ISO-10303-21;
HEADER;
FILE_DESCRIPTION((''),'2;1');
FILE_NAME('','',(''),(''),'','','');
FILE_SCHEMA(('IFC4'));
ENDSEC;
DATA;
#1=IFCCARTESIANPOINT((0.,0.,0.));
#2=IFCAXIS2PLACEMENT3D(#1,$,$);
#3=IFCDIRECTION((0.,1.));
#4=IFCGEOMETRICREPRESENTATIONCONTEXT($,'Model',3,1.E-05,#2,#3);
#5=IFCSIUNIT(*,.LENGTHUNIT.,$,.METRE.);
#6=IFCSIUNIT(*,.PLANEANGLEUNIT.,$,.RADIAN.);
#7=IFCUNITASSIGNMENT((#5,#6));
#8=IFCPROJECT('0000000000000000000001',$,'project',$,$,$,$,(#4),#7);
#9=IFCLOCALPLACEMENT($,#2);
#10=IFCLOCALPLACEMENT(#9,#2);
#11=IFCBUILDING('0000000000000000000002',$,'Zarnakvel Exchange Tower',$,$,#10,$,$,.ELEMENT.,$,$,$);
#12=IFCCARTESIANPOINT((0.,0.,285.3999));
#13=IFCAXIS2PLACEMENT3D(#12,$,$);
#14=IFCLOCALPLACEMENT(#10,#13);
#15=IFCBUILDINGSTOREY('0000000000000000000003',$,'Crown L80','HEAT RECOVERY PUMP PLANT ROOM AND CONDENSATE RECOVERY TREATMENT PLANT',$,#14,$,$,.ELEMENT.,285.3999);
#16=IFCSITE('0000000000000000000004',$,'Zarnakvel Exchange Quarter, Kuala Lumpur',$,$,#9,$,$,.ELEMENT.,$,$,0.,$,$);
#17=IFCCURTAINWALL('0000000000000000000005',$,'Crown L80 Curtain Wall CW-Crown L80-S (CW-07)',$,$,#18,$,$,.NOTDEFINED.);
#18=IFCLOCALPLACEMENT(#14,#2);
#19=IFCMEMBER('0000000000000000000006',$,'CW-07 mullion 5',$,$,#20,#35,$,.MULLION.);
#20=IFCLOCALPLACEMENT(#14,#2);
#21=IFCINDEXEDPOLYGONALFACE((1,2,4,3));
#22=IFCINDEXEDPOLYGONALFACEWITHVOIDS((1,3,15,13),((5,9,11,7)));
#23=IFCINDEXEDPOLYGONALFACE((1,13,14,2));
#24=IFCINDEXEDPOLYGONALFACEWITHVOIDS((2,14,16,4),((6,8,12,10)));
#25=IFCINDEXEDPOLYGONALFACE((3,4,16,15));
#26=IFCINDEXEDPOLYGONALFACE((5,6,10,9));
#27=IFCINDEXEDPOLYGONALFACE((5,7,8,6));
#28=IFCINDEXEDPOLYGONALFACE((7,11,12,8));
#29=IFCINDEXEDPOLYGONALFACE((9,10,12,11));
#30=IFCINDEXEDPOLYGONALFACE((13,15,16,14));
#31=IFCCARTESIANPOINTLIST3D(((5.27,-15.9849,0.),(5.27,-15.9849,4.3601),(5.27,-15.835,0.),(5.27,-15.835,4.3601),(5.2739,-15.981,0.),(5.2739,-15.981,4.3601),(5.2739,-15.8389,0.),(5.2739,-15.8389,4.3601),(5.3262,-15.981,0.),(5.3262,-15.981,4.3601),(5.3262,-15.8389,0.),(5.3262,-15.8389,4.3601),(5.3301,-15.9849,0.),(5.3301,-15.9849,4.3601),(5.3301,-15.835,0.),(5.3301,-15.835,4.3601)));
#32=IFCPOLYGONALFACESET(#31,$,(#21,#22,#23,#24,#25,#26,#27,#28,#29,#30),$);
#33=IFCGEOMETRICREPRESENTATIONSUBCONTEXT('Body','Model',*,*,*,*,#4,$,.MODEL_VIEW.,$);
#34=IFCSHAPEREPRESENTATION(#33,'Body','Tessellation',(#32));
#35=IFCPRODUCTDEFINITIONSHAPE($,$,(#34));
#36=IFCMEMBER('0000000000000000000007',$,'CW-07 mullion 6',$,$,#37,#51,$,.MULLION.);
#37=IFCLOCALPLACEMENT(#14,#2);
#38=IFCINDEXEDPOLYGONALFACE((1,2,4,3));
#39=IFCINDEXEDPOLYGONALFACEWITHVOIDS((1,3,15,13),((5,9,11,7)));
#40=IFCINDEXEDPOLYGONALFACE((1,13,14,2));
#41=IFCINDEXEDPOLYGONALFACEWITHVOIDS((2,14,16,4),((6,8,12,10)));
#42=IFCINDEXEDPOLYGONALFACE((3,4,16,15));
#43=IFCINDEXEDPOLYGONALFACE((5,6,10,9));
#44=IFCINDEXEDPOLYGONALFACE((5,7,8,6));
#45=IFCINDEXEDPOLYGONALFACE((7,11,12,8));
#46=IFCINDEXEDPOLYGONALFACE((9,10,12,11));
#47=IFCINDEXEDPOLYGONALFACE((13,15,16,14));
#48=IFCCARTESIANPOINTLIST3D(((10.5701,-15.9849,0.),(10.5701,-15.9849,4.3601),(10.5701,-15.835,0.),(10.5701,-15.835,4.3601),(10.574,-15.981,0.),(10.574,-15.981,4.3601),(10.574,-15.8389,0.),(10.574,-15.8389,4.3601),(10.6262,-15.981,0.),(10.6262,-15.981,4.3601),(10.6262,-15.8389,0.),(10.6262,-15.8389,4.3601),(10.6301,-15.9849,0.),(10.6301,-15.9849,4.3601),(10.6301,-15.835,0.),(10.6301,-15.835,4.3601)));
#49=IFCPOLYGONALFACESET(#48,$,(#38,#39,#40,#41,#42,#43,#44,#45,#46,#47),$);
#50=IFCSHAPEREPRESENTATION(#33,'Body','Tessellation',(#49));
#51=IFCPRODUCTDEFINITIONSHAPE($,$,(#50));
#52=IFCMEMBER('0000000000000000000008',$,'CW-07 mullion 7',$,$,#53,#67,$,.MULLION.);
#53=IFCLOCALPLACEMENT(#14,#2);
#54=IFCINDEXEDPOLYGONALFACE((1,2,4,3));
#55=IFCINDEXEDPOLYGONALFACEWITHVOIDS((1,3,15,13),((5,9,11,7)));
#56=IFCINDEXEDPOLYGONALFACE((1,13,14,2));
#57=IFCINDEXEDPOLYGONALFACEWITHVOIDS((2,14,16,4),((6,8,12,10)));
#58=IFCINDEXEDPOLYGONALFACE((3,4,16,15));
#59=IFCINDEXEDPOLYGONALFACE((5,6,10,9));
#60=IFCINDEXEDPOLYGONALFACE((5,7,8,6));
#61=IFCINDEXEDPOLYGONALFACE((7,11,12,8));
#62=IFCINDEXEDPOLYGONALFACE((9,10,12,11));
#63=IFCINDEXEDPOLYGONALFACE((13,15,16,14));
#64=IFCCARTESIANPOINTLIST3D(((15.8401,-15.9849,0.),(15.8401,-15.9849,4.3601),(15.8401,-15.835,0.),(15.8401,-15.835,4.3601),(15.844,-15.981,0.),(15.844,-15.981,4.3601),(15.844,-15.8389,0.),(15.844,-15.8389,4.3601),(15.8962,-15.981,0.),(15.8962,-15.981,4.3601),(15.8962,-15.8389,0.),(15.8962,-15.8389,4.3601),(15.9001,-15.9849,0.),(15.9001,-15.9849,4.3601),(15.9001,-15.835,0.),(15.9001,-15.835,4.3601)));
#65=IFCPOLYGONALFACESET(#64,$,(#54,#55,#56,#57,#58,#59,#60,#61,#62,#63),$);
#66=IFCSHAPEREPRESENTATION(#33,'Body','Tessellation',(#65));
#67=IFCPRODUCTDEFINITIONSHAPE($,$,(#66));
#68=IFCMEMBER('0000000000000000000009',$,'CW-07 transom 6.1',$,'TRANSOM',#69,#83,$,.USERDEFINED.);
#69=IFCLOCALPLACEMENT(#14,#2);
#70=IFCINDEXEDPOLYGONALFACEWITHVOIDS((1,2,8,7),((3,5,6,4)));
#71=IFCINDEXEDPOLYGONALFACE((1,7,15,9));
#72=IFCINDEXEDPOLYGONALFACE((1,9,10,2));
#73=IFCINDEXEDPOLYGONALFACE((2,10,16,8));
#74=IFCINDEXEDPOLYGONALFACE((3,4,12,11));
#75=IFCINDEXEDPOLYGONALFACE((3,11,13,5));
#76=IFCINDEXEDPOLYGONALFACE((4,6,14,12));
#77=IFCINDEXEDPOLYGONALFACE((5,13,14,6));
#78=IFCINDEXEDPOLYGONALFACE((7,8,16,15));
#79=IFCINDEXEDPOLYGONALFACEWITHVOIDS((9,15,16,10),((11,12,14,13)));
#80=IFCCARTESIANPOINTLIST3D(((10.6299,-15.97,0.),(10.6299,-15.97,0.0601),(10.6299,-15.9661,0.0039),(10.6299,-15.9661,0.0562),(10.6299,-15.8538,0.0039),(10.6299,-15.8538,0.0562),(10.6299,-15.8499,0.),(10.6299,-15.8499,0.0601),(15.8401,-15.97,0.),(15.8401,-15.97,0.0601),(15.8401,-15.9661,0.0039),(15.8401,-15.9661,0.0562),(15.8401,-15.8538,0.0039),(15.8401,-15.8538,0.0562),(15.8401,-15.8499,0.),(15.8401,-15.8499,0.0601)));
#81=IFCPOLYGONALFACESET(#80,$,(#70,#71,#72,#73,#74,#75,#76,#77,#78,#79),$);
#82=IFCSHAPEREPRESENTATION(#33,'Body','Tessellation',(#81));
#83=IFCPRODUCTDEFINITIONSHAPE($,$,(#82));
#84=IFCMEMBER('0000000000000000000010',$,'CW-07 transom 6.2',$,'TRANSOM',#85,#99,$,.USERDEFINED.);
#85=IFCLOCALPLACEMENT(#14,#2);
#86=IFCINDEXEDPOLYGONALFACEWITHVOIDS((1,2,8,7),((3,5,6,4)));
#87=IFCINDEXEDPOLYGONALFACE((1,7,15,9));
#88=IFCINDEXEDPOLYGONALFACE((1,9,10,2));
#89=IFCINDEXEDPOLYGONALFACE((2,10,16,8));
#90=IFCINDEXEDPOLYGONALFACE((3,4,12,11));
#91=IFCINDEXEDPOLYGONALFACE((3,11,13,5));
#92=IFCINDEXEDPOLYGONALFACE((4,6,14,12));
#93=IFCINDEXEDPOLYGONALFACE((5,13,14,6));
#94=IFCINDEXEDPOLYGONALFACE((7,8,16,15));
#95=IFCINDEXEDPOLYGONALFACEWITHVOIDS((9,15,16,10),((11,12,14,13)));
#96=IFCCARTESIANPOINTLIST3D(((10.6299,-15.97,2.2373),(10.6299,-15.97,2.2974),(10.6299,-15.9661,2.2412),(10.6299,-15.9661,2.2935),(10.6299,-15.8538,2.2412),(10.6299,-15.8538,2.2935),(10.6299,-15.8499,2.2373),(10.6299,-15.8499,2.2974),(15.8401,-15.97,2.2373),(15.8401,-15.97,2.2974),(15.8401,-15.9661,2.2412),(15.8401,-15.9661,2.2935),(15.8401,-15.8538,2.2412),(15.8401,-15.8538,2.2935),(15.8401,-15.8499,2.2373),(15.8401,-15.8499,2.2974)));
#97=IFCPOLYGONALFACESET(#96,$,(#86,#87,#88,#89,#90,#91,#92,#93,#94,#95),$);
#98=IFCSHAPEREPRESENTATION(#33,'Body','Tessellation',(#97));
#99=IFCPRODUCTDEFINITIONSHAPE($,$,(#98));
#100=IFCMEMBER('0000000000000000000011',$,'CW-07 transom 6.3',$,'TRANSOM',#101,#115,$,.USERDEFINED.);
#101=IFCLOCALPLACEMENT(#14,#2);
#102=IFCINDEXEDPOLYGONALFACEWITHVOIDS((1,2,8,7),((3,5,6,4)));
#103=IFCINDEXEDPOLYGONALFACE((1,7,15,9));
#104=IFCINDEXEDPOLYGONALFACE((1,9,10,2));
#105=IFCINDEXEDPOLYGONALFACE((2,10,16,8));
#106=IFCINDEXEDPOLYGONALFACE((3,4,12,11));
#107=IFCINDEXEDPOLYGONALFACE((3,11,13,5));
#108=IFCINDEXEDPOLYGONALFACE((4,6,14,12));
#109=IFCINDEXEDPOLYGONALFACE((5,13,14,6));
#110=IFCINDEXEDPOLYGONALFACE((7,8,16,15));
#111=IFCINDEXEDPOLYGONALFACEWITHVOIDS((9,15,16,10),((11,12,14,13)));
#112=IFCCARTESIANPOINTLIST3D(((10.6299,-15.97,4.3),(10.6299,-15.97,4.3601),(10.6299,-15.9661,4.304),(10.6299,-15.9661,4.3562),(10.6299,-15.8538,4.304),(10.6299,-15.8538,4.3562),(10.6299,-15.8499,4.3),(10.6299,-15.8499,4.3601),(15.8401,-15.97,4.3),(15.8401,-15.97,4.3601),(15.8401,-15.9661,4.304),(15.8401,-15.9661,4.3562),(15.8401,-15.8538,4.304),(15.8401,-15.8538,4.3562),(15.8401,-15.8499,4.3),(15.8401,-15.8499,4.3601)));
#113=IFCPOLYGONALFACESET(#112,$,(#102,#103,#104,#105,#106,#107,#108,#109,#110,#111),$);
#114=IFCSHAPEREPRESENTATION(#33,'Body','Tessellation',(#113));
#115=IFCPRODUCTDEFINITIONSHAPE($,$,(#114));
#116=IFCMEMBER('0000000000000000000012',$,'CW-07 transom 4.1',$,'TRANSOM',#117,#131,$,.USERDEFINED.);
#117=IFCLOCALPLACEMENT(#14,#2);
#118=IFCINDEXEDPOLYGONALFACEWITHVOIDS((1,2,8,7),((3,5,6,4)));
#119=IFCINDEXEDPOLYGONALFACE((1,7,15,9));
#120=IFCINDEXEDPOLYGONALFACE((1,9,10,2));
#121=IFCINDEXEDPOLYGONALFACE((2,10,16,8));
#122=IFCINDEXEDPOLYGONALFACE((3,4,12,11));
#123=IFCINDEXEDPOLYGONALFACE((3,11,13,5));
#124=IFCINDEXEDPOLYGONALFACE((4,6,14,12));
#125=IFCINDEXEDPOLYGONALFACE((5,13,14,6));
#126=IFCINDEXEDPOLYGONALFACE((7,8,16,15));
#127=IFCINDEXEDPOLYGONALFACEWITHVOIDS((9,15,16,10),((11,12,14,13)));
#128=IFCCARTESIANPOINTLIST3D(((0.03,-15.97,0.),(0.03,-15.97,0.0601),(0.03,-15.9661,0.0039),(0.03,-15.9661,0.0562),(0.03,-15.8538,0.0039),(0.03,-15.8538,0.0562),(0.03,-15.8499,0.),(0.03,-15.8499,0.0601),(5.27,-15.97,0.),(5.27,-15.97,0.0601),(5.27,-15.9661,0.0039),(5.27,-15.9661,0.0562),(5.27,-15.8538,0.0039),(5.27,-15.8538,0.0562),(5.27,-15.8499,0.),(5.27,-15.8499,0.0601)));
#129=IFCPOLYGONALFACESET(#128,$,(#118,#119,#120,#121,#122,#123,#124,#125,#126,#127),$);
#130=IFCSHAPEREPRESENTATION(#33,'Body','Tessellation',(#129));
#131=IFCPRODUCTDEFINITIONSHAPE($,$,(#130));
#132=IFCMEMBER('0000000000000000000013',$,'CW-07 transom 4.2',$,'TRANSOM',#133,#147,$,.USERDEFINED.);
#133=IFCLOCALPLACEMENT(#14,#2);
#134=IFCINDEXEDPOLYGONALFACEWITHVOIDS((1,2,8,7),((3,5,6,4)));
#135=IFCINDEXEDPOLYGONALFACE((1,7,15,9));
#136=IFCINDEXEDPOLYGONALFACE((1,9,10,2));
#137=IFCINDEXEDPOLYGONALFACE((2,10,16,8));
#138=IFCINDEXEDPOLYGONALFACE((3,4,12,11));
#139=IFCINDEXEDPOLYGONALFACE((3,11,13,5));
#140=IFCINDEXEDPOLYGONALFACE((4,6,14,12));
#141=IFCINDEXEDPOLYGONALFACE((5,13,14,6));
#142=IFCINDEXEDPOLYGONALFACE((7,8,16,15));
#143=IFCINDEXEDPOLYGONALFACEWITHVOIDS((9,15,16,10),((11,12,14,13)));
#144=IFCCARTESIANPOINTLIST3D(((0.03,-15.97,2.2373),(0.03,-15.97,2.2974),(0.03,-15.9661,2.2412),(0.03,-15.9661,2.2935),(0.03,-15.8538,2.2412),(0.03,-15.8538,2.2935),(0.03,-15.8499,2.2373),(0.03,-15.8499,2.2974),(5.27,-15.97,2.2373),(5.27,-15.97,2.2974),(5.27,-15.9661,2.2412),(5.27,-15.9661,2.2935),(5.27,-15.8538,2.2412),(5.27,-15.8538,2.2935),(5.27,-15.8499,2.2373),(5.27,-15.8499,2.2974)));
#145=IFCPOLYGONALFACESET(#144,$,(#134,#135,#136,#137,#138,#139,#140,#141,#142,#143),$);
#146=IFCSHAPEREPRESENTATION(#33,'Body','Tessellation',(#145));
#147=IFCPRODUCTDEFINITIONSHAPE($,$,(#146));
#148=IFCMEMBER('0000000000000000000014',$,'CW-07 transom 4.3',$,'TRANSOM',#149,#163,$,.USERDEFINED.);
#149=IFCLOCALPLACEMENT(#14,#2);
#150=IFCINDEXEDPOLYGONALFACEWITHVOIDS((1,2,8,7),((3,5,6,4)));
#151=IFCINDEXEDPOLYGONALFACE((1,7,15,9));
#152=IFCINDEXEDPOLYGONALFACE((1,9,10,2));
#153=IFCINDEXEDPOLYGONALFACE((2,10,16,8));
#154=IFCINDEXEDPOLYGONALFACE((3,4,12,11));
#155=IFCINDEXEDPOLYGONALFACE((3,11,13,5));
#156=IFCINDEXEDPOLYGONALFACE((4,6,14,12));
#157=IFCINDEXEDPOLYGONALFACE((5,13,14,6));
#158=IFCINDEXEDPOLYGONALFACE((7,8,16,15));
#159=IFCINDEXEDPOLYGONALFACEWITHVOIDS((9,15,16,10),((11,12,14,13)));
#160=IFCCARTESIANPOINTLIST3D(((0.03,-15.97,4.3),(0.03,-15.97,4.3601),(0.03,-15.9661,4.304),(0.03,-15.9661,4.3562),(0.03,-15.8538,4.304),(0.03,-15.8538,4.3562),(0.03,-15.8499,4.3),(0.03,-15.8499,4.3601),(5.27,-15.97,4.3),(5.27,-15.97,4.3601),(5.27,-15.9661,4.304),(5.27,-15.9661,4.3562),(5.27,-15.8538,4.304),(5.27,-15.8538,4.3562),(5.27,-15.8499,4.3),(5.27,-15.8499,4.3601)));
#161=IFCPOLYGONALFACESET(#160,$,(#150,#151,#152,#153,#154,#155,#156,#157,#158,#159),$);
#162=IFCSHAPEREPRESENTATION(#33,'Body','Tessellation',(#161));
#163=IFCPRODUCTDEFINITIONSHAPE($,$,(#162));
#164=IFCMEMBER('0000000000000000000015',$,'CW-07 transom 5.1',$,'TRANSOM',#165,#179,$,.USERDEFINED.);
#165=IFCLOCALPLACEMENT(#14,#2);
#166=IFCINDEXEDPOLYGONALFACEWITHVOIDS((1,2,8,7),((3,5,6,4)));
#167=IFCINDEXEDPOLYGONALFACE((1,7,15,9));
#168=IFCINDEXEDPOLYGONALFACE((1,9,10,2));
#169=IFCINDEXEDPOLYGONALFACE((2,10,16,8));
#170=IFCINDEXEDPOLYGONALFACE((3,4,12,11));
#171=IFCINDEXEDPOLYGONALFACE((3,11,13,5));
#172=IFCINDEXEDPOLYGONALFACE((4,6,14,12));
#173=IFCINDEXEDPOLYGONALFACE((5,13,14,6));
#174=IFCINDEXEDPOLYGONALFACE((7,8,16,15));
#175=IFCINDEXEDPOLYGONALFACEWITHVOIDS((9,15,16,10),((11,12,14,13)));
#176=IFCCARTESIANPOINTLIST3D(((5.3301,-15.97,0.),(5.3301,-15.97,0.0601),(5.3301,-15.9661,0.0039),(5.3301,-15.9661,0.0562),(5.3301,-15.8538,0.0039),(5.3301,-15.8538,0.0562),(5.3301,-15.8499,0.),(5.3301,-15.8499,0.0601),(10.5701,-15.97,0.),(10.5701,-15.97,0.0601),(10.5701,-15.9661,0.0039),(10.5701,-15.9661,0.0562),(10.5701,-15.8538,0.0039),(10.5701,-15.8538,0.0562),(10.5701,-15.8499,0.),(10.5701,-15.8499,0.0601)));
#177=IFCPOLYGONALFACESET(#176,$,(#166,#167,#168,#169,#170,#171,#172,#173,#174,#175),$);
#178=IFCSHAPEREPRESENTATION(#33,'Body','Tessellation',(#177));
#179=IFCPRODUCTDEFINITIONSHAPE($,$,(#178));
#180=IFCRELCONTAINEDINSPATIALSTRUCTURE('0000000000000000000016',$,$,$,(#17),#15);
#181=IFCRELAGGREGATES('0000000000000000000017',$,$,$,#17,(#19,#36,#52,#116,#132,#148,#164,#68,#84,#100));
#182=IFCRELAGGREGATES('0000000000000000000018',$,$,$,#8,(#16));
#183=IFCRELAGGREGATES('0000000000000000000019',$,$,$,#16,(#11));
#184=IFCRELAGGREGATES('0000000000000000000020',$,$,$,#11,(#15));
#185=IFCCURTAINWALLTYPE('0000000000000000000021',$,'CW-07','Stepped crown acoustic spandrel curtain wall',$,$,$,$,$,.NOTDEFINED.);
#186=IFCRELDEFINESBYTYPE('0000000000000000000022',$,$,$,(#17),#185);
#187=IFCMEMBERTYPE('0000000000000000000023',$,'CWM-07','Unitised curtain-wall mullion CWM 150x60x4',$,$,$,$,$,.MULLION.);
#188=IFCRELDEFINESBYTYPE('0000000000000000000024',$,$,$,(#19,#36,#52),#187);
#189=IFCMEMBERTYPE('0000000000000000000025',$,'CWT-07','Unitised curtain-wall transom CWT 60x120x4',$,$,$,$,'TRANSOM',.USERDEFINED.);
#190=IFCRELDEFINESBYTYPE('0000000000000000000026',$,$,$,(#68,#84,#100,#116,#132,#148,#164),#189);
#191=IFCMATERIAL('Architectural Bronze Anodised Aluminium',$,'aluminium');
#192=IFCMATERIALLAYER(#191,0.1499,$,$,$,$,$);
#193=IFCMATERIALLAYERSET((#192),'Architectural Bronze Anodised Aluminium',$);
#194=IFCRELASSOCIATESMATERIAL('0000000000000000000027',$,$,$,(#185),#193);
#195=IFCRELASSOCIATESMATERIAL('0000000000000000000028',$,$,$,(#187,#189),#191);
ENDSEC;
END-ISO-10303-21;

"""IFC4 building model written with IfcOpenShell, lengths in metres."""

from ifc_helpers import new_model, si_unit, direction, frame, origin, origin_2d, place, context, subcontext, project, spatial, hollow_rectangle, extrude, source, transform, mapped, material, layer, layer_set, material_profile, profile_set, type_object, element, aggregate, save


model = new_model("IFC4")

# Units and contexts
model_context = context("Model", 3, precision=1e-05, world=origin(), true_north=direction((0.0, 1.0)))
body_context = subcontext(model_context, "Body", "Model", "MODEL_VIEW")
ifc_project = project(units=[si_unit("LENGTHUNIT", "METRE"), si_unit("PLANEANGLEUNIT", "RADIAN")], contexts=[model_context])

# Site, building, storey
site_placement = place(None, origin())
site = spatial("IfcSite", under=ifc_project, at=site_placement, Name="Zarnakvel Exchange Quarter, Kuala Lumpur", CompositionType="ELEMENT", RefElevation=0.0)
building_placement = place(site_placement, origin())
building = spatial("IfcBuilding", under=site, at=building_placement, Name="Zarnakvel Exchange Tower", CompositionType="ELEMENT")
storey_placement = place(building_placement, frame((0.0, 0.0, 285.3999)))
storey = spatial("IfcBuildingStorey", under=building, at=storey_placement, Name="Crown L80", Description="HEAT RECOVERY PUMP PLANT ROOM AND CONDENSATE RECOVERY TREATMENT PLANT", CompositionType="ELEMENT", Elevation=285.3999)

# Curtain wall, members
ifc_material_1 = material(Name="Architectural Bronze Anodised Aluminium", Category="aluminium")
ifc_layer_1 = layer(ifc_material_1, 0.1499)
ifc_layer_set_1 = layer_set([ifc_layer_1], Name="Architectural Bronze Anodised Aluminium")
curtain_wall_type = type_object("IfcCurtainWallType", Name="CW-07", Description="Stepped crown acoustic spandrel curtain wall", PredefinedType="NOTDEFINED", material=ifc_layer_set_1)
curtain_wall_placement = place(storey_placement, origin())
curtain_wall = element("IfcCurtainWall", 1, at=curtain_wall_placement, inside=storey, type_object=curtain_wall_type, Name="Crown L80 Curtain Wall CW-Crown L80-S (CW-07)", PredefinedType="NOTDEFINED")
ifc_material_profile_1 = material_profile(ifc_material_1, hollow_rectangle(XDim=0.1499, YDim=0.0601, WallThickness=0.0039, at=origin_2d()))
ifc_profile_set_1 = profile_set([ifc_material_profile_1], Name="Architectural Bronze Anodised Aluminium")
member_type_1 = type_object("IfcMemberType", Name="CWM-07", Description="Unitised curtain-wall mullion CWM 150x60x4", PredefinedType="MULLION", material=ifc_profile_set_1)
shared_shape_1 = source(origin(), body_context, "Body", "SweptSolid", [
    extrude(hollow_rectangle(XDim=0.1499, YDim=0.0601, WallThickness=0.0039, at=origin_2d()), origin(), (0.0, 0.0, 1.0), 4.3601),
])
member_1_placement = place(storey_placement, frame((5.3, -15.9099, 0.0), z_axis=(0.0, 0.0, 1.0), x_axis=(0.0, 1.0, 0.0)))
member_1 = element("IfcMember", 2, at=member_1_placement, type_object=member_type_1, Name="CW-07 mullion 5", PredefinedType="MULLION", context=body_context, shape_type="MappedRepresentation", body=[
    mapped(shared_shape_1, transform((0.0, 0.0, 0.0), x_axis=(1.0, 0.0, 0.0), y_axis=(0.0, 1.0, 0.0), z_axis=(0.0, 0.0, 1.0), scale=1.0)),
])
member_2_placement = place(storey_placement, frame((10.6001, -15.9099, 0.0), z_axis=(0.0, 0.0, 1.0), x_axis=(0.0, 1.0, 0.0)))
member_2 = element("IfcMember", 3, at=member_2_placement, type_object=member_type_1, Name="CW-07 mullion 6", PredefinedType="MULLION", context=body_context, shape_type="MappedRepresentation", body=[
    mapped(shared_shape_1, transform((0.0, 0.0, 0.0), x_axis=(1.0, 0.0, 0.0), y_axis=(0.0, 1.0, 0.0), z_axis=(0.0, 0.0, 1.0), scale=1.0)),
])
member_3_placement = place(storey_placement, frame((15.8701, -15.9099, 0.0), z_axis=(0.0, 0.0, 1.0), x_axis=(0.0, 1.0, 0.0)))
member_3 = element("IfcMember", 4, at=member_3_placement, type_object=member_type_1, Name="CW-07 mullion 7", PredefinedType="MULLION", context=body_context, shape_type="MappedRepresentation", body=[
    mapped(shared_shape_1, transform((0.0, 0.0, 0.0), x_axis=(1.0, 0.0, 0.0), y_axis=(0.0, 1.0, 0.0), z_axis=(0.0, 0.0, 1.0), scale=1.0)),
])
ifc_material_profile_2 = material_profile(ifc_material_1, hollow_rectangle(XDim=0.1201, YDim=0.0601, WallThickness=0.0039, at=origin_2d()))
ifc_profile_set_2 = profile_set([ifc_material_profile_2], Name="Architectural Bronze Anodised Aluminium")
member_type_2 = type_object("IfcMemberType", Name="CWT-07", Description="Unitised curtain-wall transom CWT 60x120x4", ElementType="TRANSOM", PredefinedType="USERDEFINED", material=ifc_profile_set_2)
shared_shape_2 = source(origin(), body_context, "Body", "SweptSolid", [
    extrude(hollow_rectangle(XDim=0.1201, YDim=0.0601, WallThickness=0.0039, at=origin_2d()), origin(), (0.0, 0.0, 1.0), 5.2102),
])
member_4_placement = place(storey_placement, frame((10.6299, -15.9099, 0.03), z_axis=(1.0, 0.0, 0.0), x_axis=(0.0, 1.0, 0.0)))
member_4 = element("IfcMember", 5, at=member_4_placement, type_object=member_type_2, Name="CW-07 transom 6.1", ObjectType="TRANSOM", PredefinedType="USERDEFINED", context=body_context, shape_type="MappedRepresentation", body=[
    mapped(shared_shape_2, transform((0.0, 0.0, 0.0), x_axis=(1.0, 0.0, 0.0), y_axis=(0.0, 1.0, 0.0), z_axis=(0.0, 0.0, 1.0), scale=1.0)),
])
member_5_placement = place(storey_placement, frame((10.6299, -15.9099, 2.2673), z_axis=(1.0, 0.0, 0.0), x_axis=(0.0, 1.0, 0.0)))
member_5 = element("IfcMember", 6, at=member_5_placement, type_object=member_type_2, Name="CW-07 transom 6.2", ObjectType="TRANSOM", PredefinedType="USERDEFINED", context=body_context, shape_type="MappedRepresentation", body=[
    mapped(shared_shape_2, transform((0.0, 0.0, 0.0), x_axis=(1.0, 0.0, 0.0), y_axis=(0.0, 1.0, 0.0), z_axis=(0.0, 0.0, 1.0), scale=1.0)),
])
member_6_placement = place(storey_placement, frame((10.6299, -15.9099, 4.3301), z_axis=(1.0, 0.0, 0.0), x_axis=(0.0, 1.0, 0.0)))
member_6 = element("IfcMember", 7, at=member_6_placement, type_object=member_type_2, Name="CW-07 transom 6.3", ObjectType="TRANSOM", PredefinedType="USERDEFINED", context=body_context, shape_type="MappedRepresentation", body=[
    mapped(shared_shape_2, transform((0.0, 0.0, 0.0), x_axis=(1.0, 0.0, 0.0), y_axis=(0.0, 1.0, 0.0), z_axis=(0.0, 0.0, 1.0), scale=1.0)),
])
shared_shape_3 = source(origin(), body_context, "Body", "SweptSolid", [
    extrude(hollow_rectangle(XDim=0.1201, YDim=0.0601, WallThickness=0.0039, at=origin_2d()), origin(), (0.0, 0.0, 1.0), 5.24),
])
member_7_placement = place(storey_placement, frame((0.03, -15.9099, 0.03), z_axis=(1.0, 0.0, 0.0), x_axis=(0.0, 1.0, 0.0)))
member_7 = element("IfcMember", 8, at=member_7_placement, type_object=member_type_2, Name="CW-07 transom 4.1", ObjectType="TRANSOM", PredefinedType="USERDEFINED", context=body_context, shape_type="MappedRepresentation", body=[
    mapped(shared_shape_3, transform((0.0, 0.0, 0.0), x_axis=(1.0, 0.0, 0.0), y_axis=(0.0, 1.0, 0.0), z_axis=(0.0, 0.0, 1.0), scale=1.0)),
])
member_8_placement = place(storey_placement, frame((0.03, -15.9099, 2.2673), z_axis=(1.0, 0.0, 0.0), x_axis=(0.0, 1.0, 0.0)))
member_8 = element("IfcMember", 9, at=member_8_placement, type_object=member_type_2, Name="CW-07 transom 4.2", ObjectType="TRANSOM", PredefinedType="USERDEFINED", context=body_context, shape_type="MappedRepresentation", body=[
    mapped(shared_shape_3, transform((0.0, 0.0, 0.0), x_axis=(1.0, 0.0, 0.0), y_axis=(0.0, 1.0, 0.0), z_axis=(0.0, 0.0, 1.0), scale=1.0)),
])
member_9_placement = place(storey_placement, frame((0.03, -15.9099, 4.3301), z_axis=(1.0, 0.0, 0.0), x_axis=(0.0, 1.0, 0.0)))
member_9 = element("IfcMember", 10, at=member_9_placement, type_object=member_type_2, Name="CW-07 transom 4.3", ObjectType="TRANSOM", PredefinedType="USERDEFINED", context=body_context, shape_type="MappedRepresentation", body=[
    mapped(shared_shape_3, transform((0.0, 0.0, 0.0), x_axis=(1.0, 0.0, 0.0), y_axis=(0.0, 1.0, 0.0), z_axis=(0.0, 0.0, 1.0), scale=1.0)),
])
member_10_placement = place(storey_placement, frame((5.3301, -15.9099, 0.03), z_axis=(1.0, 0.0, 0.0), x_axis=(0.0, 1.0, 0.0)))
member_10 = element("IfcMember", 11, at=member_10_placement, type_object=member_type_2, Name="CW-07 transom 5.1", ObjectType="TRANSOM", PredefinedType="USERDEFINED", context=body_context, shape_type="MappedRepresentation", body=[
    mapped(shared_shape_3, transform((0.0, 0.0, 0.0), x_axis=(1.0, 0.0, 0.0), y_axis=(0.0, 1.0, 0.0), z_axis=(0.0, 0.0, 1.0), scale=1.0)),
])

aggregate(curtain_wall, [member_1, member_2, member_3, member_7, member_8, member_9, member_10, member_4, member_5, member_6])

save(model, "model.ifc")
